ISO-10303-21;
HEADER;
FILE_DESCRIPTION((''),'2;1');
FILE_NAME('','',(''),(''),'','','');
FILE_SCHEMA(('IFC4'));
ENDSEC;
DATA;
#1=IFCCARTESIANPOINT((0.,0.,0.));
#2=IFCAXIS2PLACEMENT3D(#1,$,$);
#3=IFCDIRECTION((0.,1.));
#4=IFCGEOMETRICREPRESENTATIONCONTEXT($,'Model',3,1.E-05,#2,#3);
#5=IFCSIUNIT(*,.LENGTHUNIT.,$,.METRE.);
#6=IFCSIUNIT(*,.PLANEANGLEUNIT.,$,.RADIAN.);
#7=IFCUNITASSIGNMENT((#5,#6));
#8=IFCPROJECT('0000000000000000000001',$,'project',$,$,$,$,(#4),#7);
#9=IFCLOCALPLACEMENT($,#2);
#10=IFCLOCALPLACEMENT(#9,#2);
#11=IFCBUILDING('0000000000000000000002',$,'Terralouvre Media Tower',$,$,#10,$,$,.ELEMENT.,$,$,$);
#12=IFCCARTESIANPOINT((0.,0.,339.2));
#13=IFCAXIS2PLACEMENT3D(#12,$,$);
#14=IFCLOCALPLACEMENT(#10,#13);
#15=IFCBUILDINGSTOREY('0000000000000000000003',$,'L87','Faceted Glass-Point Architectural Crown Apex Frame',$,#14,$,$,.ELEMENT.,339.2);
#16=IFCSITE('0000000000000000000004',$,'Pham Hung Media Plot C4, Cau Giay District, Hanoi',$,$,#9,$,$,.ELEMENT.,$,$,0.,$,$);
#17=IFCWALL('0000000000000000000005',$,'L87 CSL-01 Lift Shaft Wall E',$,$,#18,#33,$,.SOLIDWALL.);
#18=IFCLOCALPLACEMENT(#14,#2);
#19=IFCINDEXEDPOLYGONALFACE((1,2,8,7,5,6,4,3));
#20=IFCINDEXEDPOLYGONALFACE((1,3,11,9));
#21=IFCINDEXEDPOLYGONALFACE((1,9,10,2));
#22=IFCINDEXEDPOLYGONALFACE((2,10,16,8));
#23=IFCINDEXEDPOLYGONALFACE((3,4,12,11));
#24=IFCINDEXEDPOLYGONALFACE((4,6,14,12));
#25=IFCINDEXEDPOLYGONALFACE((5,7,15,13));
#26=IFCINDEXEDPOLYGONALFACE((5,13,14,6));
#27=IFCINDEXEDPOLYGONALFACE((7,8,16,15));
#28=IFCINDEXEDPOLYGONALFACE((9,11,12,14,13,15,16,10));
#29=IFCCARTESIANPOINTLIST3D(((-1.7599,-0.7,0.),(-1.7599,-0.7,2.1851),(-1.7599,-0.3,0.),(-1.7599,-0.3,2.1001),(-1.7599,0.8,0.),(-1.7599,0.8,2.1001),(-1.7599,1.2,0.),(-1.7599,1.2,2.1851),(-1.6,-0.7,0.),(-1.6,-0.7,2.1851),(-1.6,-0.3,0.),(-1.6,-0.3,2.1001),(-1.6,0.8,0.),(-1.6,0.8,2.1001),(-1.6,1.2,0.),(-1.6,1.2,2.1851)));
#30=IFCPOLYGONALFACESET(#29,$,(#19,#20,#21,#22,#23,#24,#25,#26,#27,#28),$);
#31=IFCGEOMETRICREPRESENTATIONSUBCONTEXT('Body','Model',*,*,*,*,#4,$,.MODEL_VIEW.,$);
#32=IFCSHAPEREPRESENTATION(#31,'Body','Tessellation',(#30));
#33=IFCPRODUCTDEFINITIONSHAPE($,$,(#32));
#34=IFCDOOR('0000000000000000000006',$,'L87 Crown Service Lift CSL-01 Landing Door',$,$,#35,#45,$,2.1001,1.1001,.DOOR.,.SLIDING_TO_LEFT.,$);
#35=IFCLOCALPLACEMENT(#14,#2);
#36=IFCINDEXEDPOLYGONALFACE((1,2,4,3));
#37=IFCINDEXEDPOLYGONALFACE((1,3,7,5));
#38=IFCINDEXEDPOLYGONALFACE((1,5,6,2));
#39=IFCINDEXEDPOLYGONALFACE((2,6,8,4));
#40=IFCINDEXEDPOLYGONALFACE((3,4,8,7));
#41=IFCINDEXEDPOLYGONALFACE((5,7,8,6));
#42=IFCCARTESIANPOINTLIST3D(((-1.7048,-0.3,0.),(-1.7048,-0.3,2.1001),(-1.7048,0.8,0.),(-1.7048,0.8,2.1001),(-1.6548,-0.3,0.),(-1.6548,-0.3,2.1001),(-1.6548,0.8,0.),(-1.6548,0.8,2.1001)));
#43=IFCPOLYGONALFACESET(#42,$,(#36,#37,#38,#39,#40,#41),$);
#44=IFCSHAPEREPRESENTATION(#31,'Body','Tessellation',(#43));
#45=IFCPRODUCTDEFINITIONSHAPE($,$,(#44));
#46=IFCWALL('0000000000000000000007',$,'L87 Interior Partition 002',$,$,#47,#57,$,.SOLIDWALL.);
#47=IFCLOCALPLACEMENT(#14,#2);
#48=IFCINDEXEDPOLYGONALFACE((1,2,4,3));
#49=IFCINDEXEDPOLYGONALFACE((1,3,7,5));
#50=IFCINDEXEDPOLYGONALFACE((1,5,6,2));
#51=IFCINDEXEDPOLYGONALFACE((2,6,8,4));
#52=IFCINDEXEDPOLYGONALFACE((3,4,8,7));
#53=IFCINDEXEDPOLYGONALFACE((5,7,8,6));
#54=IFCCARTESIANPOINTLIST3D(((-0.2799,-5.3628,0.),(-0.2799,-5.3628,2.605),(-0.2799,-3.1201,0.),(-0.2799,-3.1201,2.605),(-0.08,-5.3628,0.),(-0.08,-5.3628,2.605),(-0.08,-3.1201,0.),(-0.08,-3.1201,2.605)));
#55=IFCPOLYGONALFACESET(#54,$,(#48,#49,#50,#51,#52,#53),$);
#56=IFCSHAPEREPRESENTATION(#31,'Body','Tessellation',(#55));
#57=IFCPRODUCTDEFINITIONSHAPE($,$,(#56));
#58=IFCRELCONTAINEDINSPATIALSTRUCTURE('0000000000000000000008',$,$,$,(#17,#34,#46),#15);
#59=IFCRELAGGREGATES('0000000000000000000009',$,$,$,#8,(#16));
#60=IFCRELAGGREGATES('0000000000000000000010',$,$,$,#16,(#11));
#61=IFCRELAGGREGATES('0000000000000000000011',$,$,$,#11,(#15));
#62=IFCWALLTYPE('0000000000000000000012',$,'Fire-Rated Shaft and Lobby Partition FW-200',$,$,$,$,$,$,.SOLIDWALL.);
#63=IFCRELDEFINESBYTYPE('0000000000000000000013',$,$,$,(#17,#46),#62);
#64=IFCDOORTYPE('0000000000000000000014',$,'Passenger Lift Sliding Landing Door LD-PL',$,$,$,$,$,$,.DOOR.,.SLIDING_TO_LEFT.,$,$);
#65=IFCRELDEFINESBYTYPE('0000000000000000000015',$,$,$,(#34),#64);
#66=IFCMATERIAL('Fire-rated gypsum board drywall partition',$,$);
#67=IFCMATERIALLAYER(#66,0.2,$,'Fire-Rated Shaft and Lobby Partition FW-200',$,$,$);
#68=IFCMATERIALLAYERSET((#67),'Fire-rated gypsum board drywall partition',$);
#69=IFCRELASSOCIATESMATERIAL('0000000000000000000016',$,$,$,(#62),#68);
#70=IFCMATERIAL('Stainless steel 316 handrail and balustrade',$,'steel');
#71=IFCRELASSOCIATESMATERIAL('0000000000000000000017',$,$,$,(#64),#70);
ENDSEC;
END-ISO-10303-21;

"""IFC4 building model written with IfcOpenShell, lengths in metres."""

from ifc_helpers import new_model, si_unit, direction, frame, frame_2d, origin, place, context, subcontext, project, spatial, rectangle, extrude, material, layer, layer_set, type_object, element, fill, save


model = new_model("IFC4")

# Units and contexts
model_context = context("Model", 3, precision=1e-05, world=origin(), true_north=direction((0.0, 1.0)))
body_context = subcontext(model_context, "Body", "Model", "MODEL_VIEW")
ifc_project = project(units=[si_unit("LENGTHUNIT", "METRE"), si_unit("PLANEANGLEUNIT", "RADIAN")], contexts=[model_context])

# Site, building, storey
site_placement = place(None, origin())
site = spatial("IfcSite", under=ifc_project, at=site_placement, Name="Pham Hung Media Plot C4, Cau Giay District, Hanoi", CompositionType="ELEMENT", RefElevation=0.0)
building_placement = place(site_placement, origin())
building = spatial("IfcBuilding", under=site, at=building_placement, Name="Terralouvre Media Tower", CompositionType="ELEMENT")
storey_placement = place(building_placement, frame((0.0, 0.0, 339.2)))
storey = spatial("IfcBuildingStorey", under=building, at=storey_placement, Name="L87", Description="Faceted Glass-Point Architectural Crown Apex Frame", CompositionType="ELEMENT", Elevation=339.2)

# Shared definitions
ifc_material_1 = material(Name="Fire-rated gypsum board drywall partition")
ifc_layer_1 = layer(ifc_material_1, 0.2, Name="Fire-Rated Shaft and Lobby Partition FW-200")
ifc_layer_set_1 = layer_set([ifc_layer_1], Name="Fire-rated gypsum board drywall partition")
wall_type = type_object("IfcWallType", Name="Fire-Rated Shaft and Lobby Partition FW-200", PredefinedType="SOLIDWALL", material=ifc_layer_set_1)

# Wall, opening, door
wall_1_placement = place(storey_placement, frame((-1.6799, -0.7, 0.0), z_axis=(0.0, 0.0, 1.0), x_axis=(0.0, 1.0, 0.0)))
wall_1 = element("IfcWall", 1, at=wall_1_placement, inside=storey, type_object=wall_type, Name="L87 CSL-01 Lift Shaft Wall E", PredefinedType="SOLIDWALL", context=body_context, shape_type="SweptSolid", body=[
    extrude(rectangle(XDim=1.8999, YDim=0.1599, at=frame_2d((0.95, 0.0))), origin(), (0.0, 0.0, 1.0), 2.1851),
])
opening_placement = place(wall_1_placement, frame((0.3999, 0.0, 0.0)))
opening = element("IfcOpeningElement", 2, at=opening_placement, cuts=wall_1, PredefinedType="OPENING", context=body_context, shape_type="SweptSolid", body=[
    extrude(rectangle(XDim=1.1001, YDim=2.1001, at=frame_2d((0.55, 1.05))), frame((0.0, 0.0898, 0.0), z_axis=(0.0, -1.0, 0.0), x_axis=(1.0, 0.0, 0.0)), (0.0, 0.0, 1.0), 0.1799),
])
ifc_material_2 = material(Name="Stainless steel 316 handrail and balustrade", Category="steel")
door_type = type_object("IfcDoorType", Name="Passenger Lift Sliding Landing Door LD-PL", OperationType="SLIDING_TO_LEFT", PredefinedType="DOOR", material=ifc_material_2)
door_placement = place(opening_placement, origin())
door = element("IfcDoor", 3, at=door_placement, inside=storey, type_object=door_type, Name="L87 Crown Service Lift CSL-01 Landing Door", OperationType="SLIDING_TO_LEFT", OverallHeight=2.1001, OverallWidth=1.1001, PredefinedType="DOOR", context=body_context, shape_type="SweptSolid", body=[
    extrude(rectangle(XDim=1.1001, YDim=2.1001, at=frame_2d((0.55, 1.05))), frame((0.0, 0.0249, 0.0), z_axis=(0.0, -1.0, 0.0), x_axis=(1.0, 0.0, 0.0)), (0.0, 0.0, 1.0), 0.05),
])
fill(opening, door)

# Wall
wall_2_placement = place(storey_placement, frame((-0.1799, -5.3628, 0.0), z_axis=(0.0, 0.0, 1.0), x_axis=(0.0, 1.0, 0.0)))
element("IfcWall", 4, at=wall_2_placement, inside=storey, type_object=wall_type, Name="L87 Interior Partition 002", PredefinedType="SOLIDWALL", context=body_context, shape_type="SweptSolid", body=[
    extrude(rectangle(XDim=2.2427, YDim=0.2, at=frame_2d((1.1213, 0.0))), origin(), (0.0, 0.0, 1.0), 2.605),
])

save(model, "model.ifc")
